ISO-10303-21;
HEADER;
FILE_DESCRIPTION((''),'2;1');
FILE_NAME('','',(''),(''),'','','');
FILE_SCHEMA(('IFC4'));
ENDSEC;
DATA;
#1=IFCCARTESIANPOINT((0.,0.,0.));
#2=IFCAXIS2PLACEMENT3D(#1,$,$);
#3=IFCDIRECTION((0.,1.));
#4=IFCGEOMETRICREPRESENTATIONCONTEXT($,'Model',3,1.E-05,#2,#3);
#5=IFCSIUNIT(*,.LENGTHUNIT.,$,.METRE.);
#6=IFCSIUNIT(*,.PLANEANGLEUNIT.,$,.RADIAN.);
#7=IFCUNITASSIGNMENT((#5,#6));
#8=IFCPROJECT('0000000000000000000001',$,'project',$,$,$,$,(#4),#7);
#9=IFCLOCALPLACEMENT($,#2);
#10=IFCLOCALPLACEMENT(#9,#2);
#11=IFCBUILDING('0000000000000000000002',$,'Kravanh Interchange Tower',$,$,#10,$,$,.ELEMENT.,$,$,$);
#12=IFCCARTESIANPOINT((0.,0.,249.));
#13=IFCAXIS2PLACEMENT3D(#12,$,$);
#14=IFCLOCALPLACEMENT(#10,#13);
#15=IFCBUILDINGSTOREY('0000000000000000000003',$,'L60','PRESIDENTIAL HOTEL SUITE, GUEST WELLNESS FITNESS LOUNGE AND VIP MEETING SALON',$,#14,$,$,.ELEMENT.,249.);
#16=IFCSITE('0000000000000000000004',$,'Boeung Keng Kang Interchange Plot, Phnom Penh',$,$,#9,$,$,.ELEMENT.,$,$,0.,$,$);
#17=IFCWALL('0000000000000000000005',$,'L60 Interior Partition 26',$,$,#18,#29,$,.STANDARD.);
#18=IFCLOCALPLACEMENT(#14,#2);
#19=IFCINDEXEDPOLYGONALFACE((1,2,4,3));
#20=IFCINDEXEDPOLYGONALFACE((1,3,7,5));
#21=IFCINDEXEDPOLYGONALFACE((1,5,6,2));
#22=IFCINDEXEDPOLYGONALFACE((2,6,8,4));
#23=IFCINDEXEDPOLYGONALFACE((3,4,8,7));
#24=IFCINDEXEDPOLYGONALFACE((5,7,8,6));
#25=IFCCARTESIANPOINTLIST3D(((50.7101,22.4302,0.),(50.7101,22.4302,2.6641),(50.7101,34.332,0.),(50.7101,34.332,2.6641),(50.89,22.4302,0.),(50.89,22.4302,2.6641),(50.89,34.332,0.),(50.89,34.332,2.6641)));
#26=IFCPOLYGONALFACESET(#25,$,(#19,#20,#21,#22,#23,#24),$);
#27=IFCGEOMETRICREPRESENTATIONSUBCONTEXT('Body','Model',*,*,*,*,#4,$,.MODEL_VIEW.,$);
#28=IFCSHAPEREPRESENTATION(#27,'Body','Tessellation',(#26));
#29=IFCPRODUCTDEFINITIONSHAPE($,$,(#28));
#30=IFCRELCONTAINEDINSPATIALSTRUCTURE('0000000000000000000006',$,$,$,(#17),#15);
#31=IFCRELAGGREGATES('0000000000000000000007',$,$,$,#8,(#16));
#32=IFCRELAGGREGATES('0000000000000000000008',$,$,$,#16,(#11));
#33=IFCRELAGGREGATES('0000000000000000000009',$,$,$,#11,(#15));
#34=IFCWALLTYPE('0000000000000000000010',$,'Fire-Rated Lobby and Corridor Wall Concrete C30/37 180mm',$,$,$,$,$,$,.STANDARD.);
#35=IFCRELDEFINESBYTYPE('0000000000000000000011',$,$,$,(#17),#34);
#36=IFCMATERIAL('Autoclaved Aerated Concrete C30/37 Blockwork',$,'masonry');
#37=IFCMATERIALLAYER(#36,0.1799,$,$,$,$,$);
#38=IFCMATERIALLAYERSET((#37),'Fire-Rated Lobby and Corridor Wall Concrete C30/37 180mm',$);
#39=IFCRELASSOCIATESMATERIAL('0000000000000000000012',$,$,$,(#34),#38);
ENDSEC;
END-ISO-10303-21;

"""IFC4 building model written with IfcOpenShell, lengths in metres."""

from ifc_helpers import new_model, si_unit, direction, frame, frame_2d, origin, place, context, subcontext, project, spatial, rectangle, extrude, material, layer, layer_set, type_object, element, save


model = new_model("IFC4")

# Units and contexts
model_context = context("Model", 3, precision=1e-05, world=origin(), true_north=direction((0.0, 1.0)))
body_context = subcontext(model_context, "Body", "Model", "MODEL_VIEW")
ifc_project = project(units=[si_unit("LENGTHUNIT", "METRE"), si_unit("PLANEANGLEUNIT", "RADIAN")], contexts=[model_context])

# Site, building, storey
site_placement = place(None, origin())
site = spatial("IfcSite", under=ifc_project, at=site_placement, Name="Boeung Keng Kang Interchange Plot, Phnom Penh", CompositionType="ELEMENT", RefElevation=0.0)
building_placement = place(site_placement, origin())
building = spatial("IfcBuilding", under=site, at=building_placement, Name="Kravanh Interchange Tower", CompositionType="ELEMENT")
storey_placement = place(building_placement, frame((0.0, 0.0, 249.0)))
storey = spatial("IfcBuildingStorey", under=building, at=storey_placement, Name="L60", Description="PRESIDENTIAL HOTEL SUITE, GUEST WELLNESS FITNESS LOUNGE AND VIP MEETING SALON", CompositionType="ELEMENT", Elevation=249.0)

# Wall
ifc_material_1 = material(Name="Autoclaved Aerated Concrete C30/37 Blockwork", Category="masonry")
ifc_layer_1 = layer(ifc_material_1, 0.1799)
ifc_layer_set_1 = layer_set([ifc_layer_1], Name="Fire-Rated Lobby and Corridor Wall Concrete C30/37 180mm")
wall_type = type_object("IfcWallType", Name="Fire-Rated Lobby and Corridor Wall Concrete C30/37 180mm", PredefinedType="STANDARD", material=ifc_layer_set_1)
wall_1_placement = place(storey_placement, frame((50.8, 22.4302, 0.0), z_axis=(0.0, 0.0, 1.0), x_axis=(0.0, 1.0, 0.0)))
element("IfcWall", 1, at=wall_1_placement, inside=storey, type_object=wall_type, Name="L60 Interior Partition 26", PredefinedType="STANDARD", context=body_context, shape_type="SweptSolid", body=[
    extrude(rectangle(XDim=11.9019, YDim=0.1799, at=frame_2d((5.9509, 0.0))), origin(), (0.0, 0.0, 1.0), 2.6641),
])

save(model, "model.ifc")
